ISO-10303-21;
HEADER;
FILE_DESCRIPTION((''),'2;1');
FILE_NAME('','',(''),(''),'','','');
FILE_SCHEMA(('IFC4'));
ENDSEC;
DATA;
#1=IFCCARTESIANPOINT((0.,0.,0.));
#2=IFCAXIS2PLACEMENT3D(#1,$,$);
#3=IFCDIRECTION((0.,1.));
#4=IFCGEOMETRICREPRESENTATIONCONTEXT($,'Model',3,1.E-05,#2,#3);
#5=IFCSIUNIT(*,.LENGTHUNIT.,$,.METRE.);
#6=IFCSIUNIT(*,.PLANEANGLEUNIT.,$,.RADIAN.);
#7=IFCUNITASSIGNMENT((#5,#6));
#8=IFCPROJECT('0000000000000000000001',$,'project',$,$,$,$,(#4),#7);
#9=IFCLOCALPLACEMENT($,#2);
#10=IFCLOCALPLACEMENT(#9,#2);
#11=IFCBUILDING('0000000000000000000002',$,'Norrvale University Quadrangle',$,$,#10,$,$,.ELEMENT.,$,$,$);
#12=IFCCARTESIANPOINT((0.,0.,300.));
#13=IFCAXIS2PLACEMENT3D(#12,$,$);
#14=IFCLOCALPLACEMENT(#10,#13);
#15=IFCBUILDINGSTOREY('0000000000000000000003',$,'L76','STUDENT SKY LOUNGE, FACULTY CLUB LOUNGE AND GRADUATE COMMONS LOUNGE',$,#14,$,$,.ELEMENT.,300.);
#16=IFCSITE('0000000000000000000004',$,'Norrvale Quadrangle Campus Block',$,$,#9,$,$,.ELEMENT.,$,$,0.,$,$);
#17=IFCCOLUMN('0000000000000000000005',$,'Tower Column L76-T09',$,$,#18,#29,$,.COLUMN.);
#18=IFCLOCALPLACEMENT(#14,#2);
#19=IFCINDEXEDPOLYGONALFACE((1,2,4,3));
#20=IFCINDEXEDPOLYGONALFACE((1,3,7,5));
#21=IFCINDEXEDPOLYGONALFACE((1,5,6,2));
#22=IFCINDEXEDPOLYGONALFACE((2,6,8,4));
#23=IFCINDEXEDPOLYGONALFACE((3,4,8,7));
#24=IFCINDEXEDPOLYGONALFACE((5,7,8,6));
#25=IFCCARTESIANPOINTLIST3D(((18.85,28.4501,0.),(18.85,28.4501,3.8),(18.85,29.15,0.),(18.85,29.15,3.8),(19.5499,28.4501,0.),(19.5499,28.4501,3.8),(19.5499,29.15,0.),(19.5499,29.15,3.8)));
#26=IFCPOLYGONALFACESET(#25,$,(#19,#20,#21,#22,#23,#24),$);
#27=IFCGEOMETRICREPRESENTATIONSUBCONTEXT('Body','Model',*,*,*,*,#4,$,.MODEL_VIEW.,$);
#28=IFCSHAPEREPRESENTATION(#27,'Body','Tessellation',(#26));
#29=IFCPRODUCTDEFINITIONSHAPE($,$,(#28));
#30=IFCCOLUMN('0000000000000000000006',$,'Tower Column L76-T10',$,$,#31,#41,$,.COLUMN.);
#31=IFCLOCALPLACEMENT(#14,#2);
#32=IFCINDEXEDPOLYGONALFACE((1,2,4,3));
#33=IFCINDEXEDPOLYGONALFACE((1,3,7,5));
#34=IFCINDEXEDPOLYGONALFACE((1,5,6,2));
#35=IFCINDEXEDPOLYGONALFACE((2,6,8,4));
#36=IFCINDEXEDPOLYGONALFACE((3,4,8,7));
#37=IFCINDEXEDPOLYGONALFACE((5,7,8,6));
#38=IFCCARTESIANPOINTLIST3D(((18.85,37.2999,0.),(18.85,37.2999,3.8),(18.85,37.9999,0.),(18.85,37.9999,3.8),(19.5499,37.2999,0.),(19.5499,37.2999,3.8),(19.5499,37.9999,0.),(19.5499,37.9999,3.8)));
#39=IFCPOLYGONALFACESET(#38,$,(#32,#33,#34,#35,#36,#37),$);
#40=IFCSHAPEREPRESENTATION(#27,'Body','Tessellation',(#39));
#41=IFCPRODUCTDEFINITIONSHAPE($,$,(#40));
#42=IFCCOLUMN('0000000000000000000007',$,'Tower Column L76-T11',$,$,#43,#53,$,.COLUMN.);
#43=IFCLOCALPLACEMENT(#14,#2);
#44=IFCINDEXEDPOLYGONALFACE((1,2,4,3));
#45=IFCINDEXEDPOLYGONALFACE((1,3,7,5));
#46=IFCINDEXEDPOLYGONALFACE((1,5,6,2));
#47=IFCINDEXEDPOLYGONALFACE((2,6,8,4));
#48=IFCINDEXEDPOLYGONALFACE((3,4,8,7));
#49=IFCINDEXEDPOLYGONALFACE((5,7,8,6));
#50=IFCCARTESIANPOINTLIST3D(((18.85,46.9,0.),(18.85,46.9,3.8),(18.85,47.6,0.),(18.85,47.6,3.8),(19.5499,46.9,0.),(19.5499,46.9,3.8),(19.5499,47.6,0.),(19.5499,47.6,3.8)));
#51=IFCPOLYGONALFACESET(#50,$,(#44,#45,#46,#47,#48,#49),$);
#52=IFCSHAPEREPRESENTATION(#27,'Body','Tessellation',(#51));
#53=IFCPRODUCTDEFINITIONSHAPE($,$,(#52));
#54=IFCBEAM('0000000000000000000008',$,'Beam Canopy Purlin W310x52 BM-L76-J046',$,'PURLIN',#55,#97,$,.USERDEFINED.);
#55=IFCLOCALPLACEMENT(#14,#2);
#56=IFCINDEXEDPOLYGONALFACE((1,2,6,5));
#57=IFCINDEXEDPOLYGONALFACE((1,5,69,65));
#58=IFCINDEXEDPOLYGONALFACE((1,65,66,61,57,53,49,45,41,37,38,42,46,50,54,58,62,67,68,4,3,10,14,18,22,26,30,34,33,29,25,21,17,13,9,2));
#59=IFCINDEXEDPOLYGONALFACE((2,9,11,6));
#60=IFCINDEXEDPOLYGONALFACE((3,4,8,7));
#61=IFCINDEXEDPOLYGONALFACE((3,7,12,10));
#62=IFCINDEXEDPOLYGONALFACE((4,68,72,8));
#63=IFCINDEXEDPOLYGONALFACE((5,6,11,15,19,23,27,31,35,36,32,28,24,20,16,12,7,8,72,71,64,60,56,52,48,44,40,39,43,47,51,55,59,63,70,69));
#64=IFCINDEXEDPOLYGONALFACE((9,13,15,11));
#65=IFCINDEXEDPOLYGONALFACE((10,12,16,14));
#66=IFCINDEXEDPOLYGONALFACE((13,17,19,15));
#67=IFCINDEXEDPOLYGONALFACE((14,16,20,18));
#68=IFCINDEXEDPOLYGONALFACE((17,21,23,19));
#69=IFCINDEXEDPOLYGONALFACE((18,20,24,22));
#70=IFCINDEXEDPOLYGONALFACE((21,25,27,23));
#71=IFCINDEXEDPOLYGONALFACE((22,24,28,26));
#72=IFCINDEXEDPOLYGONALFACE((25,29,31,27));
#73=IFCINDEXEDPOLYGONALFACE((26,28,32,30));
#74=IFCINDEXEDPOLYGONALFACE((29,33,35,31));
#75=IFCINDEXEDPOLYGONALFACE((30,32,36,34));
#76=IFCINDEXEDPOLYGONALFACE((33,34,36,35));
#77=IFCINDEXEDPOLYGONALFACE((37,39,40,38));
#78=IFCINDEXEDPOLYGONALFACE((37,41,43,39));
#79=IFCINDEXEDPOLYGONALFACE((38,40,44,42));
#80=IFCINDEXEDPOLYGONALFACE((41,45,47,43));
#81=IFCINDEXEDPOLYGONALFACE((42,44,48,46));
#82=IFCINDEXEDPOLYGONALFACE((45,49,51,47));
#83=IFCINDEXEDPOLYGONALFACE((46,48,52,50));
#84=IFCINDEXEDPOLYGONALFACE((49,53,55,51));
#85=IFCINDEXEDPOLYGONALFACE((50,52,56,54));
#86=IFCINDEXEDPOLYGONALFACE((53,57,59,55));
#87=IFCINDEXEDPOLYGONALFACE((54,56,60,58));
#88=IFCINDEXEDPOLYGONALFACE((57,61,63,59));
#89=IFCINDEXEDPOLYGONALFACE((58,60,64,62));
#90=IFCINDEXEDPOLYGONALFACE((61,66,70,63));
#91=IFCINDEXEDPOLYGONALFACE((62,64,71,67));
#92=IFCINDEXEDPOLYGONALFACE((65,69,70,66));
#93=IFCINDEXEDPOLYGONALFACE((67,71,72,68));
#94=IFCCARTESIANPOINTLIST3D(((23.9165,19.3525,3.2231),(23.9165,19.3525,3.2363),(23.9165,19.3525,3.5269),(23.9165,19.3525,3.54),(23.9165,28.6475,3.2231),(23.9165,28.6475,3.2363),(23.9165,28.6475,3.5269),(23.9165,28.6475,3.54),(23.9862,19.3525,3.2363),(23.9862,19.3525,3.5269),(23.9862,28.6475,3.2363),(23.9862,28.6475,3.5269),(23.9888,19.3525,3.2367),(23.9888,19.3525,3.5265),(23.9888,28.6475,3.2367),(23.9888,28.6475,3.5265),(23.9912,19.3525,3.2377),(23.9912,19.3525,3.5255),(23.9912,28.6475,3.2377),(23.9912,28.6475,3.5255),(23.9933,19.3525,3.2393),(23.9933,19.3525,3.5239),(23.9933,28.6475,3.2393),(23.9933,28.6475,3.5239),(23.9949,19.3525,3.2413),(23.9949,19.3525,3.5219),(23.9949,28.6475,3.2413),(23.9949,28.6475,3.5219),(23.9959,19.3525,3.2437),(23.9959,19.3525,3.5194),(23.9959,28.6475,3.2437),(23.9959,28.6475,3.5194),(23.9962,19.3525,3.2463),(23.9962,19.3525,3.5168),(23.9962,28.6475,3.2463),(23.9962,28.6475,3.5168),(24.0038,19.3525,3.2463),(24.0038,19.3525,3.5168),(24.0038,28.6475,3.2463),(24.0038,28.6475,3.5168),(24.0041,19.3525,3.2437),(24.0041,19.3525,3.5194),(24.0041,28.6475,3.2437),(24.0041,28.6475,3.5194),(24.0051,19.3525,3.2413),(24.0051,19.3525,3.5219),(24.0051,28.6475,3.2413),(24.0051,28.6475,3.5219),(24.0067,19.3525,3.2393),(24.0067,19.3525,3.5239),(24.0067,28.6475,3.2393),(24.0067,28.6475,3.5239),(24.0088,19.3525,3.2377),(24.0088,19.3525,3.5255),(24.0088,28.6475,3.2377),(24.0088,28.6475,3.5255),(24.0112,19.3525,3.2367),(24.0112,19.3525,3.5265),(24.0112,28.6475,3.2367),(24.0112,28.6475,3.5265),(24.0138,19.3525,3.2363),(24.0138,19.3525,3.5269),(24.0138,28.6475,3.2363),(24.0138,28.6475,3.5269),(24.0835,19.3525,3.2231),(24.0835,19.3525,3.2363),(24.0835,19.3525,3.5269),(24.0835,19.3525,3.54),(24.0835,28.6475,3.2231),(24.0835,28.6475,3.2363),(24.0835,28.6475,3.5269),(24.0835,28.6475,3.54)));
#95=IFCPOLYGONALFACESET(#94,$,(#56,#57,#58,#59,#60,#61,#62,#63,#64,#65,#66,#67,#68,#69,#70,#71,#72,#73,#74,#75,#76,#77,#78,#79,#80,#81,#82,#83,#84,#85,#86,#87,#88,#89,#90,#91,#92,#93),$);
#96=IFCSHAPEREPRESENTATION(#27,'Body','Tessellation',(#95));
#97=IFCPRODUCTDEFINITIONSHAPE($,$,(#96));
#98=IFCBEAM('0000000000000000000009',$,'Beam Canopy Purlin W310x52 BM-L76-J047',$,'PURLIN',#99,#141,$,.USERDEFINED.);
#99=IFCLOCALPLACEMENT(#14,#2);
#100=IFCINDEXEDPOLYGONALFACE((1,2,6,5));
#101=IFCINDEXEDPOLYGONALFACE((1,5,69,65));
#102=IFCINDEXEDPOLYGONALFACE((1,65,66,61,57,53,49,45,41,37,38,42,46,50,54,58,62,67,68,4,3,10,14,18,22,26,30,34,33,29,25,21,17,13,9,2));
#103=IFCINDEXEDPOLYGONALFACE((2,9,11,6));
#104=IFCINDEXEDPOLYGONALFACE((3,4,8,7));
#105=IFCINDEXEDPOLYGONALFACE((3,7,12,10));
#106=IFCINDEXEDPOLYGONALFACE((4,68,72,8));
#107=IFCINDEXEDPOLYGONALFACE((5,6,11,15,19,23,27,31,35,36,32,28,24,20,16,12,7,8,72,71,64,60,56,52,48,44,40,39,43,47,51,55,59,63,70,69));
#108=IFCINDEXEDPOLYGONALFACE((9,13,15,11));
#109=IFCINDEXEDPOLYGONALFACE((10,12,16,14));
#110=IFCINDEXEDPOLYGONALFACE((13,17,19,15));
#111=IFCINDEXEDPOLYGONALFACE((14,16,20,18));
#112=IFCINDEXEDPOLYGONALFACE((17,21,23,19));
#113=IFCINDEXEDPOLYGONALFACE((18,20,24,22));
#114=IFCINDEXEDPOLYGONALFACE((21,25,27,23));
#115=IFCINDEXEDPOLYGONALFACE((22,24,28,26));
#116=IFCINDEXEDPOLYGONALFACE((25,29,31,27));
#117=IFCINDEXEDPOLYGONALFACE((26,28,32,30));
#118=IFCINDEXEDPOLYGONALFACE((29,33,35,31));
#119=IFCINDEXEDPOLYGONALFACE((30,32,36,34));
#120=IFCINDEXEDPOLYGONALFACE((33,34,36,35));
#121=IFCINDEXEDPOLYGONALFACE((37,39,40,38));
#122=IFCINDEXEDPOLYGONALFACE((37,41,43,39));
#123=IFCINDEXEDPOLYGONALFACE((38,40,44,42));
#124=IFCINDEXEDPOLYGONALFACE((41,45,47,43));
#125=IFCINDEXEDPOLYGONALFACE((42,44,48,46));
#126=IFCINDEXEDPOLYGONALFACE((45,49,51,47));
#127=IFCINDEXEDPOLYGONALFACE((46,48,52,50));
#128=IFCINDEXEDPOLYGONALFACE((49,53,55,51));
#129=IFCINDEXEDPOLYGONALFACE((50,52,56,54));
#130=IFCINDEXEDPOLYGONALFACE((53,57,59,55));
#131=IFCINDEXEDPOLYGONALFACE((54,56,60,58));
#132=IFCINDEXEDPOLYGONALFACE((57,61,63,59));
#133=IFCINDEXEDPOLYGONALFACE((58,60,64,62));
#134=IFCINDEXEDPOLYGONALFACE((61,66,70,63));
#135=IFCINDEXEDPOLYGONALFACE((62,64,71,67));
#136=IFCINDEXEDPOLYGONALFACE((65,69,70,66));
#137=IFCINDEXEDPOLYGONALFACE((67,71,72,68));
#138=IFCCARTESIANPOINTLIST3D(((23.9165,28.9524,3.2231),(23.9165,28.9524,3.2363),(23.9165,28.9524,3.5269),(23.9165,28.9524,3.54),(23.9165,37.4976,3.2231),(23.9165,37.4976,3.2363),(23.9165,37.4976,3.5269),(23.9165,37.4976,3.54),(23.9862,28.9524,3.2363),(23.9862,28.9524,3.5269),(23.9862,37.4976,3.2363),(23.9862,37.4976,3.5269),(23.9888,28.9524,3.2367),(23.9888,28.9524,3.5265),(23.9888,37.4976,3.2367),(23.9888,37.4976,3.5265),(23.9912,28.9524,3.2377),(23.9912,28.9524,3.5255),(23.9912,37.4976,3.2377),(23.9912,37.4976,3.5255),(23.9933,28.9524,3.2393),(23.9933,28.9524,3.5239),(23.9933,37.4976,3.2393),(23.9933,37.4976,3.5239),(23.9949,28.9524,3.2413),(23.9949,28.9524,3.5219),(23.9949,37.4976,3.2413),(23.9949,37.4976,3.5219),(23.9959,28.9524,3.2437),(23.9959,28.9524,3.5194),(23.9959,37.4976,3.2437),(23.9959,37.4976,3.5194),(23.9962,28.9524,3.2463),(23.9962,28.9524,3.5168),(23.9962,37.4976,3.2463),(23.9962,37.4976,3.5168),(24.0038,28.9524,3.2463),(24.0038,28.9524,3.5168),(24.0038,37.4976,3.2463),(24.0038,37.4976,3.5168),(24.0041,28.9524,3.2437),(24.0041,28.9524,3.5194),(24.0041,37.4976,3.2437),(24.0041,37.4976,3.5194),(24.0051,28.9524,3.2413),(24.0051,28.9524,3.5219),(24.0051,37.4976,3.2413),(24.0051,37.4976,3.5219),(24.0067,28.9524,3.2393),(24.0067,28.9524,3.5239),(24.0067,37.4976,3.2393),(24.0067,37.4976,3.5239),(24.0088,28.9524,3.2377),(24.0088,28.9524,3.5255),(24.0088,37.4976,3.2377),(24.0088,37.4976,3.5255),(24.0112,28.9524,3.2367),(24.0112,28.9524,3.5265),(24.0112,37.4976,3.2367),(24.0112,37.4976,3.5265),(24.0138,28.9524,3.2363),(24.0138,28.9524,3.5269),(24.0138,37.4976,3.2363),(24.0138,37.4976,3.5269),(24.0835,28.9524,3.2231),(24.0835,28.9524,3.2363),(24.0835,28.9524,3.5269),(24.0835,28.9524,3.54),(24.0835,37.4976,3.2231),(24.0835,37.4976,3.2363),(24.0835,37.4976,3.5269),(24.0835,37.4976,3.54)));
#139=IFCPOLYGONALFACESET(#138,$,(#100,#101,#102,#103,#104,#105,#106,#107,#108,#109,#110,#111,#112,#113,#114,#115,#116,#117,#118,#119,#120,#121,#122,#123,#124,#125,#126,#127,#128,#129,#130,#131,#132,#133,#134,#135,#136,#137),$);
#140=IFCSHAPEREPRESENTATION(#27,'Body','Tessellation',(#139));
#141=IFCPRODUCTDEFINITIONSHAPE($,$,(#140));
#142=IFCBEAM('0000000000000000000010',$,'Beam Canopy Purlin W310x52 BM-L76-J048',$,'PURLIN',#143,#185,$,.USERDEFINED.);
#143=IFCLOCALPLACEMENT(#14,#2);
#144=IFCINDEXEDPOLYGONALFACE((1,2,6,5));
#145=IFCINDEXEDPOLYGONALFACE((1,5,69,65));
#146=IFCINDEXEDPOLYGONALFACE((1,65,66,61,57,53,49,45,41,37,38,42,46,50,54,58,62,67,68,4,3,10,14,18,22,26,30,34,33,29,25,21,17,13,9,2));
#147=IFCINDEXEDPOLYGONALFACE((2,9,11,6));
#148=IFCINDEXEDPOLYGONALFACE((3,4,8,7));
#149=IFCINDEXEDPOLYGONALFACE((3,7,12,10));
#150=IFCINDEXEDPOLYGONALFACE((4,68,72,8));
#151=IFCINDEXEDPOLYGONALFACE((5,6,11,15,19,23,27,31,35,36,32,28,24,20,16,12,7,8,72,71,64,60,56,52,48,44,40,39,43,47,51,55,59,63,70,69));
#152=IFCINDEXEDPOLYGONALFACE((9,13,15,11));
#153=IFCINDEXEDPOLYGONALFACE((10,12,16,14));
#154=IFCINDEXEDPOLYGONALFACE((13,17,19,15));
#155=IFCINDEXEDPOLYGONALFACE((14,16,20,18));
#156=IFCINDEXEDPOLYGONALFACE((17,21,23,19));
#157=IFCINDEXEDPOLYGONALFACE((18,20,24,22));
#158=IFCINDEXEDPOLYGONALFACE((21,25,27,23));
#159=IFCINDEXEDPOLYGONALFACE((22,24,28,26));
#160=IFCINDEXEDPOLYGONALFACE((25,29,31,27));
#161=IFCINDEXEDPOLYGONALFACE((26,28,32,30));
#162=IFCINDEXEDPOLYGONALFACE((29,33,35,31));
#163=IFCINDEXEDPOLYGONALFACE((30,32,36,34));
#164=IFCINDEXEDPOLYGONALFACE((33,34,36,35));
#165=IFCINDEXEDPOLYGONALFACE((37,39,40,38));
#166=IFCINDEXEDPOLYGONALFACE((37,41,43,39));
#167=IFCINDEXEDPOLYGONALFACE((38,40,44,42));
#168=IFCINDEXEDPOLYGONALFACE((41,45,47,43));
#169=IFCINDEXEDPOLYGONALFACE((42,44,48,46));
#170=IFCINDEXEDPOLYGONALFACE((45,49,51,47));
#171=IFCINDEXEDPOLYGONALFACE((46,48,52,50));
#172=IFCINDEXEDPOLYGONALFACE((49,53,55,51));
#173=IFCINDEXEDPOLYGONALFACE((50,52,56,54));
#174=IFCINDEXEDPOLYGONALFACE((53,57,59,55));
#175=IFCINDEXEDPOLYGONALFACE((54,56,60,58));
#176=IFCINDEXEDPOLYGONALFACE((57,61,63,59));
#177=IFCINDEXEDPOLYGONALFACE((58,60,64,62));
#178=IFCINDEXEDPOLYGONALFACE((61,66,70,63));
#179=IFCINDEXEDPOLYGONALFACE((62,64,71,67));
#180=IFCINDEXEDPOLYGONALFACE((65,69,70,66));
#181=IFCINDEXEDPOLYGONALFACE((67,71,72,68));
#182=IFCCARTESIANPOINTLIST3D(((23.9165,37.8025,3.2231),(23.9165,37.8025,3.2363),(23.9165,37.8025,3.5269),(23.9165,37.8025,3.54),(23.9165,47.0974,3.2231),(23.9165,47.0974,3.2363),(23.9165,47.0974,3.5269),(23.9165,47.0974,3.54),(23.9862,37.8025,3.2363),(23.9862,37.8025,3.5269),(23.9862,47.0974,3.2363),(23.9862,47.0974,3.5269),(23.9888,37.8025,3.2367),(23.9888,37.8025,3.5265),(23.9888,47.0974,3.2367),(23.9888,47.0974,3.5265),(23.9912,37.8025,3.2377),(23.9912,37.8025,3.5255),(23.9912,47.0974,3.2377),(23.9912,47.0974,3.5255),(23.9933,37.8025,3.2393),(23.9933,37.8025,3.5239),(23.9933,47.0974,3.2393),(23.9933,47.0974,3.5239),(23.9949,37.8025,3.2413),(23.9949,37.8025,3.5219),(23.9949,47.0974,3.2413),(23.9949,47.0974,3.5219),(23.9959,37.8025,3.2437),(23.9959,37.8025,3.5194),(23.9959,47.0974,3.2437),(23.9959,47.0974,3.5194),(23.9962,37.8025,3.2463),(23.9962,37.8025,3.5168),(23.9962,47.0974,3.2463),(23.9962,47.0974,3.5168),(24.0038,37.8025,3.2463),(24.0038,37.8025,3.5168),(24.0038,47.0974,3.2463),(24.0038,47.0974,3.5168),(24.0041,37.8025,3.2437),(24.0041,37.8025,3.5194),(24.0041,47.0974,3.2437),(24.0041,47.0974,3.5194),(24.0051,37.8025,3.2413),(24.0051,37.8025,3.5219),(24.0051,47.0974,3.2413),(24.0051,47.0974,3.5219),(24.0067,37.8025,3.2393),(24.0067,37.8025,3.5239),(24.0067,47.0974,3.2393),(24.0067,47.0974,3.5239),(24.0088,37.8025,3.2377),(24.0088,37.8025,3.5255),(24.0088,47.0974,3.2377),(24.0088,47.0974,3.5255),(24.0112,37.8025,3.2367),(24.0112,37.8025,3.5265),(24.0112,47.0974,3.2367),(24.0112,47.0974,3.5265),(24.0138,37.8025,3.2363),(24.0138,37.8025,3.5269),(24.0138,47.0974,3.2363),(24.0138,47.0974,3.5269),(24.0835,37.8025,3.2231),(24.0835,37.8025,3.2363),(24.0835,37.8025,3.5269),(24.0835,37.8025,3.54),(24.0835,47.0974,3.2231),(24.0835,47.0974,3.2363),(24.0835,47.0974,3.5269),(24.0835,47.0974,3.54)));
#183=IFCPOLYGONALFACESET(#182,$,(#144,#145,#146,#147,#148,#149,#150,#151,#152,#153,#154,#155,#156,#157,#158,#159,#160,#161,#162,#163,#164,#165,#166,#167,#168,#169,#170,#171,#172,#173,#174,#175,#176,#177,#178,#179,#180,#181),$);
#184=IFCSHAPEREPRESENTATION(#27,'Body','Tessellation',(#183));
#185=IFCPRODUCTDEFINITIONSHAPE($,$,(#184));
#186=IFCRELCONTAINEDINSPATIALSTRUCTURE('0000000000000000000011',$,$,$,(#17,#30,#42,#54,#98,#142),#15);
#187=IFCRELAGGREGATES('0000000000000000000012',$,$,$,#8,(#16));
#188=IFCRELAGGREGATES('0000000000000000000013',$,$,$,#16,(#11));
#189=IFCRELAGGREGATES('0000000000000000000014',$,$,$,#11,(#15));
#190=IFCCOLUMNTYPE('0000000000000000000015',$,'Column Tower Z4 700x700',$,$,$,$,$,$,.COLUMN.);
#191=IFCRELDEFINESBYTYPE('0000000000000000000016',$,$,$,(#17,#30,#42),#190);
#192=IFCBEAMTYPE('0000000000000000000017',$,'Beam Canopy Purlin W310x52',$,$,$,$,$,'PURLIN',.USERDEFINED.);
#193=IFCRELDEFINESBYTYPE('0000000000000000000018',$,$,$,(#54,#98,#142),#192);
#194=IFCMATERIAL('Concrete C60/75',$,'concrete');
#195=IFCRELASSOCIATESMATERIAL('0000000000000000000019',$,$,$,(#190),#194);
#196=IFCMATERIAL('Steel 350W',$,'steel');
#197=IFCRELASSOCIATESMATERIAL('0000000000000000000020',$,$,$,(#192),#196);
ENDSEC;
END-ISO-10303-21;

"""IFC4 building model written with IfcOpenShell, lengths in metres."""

from ifc_helpers import new_model, si_unit, direction, frame, origin, origin_2d, place, context, subcontext, project, spatial, rectangle, i_section, extrude, material, material_profile, profile_set, type_object, element, save


model = new_model("IFC4")

# Units and contexts
model_context = context("Model", 3, precision=1e-05, world=origin(), true_north=direction((0.0, 1.0)))
body_context = subcontext(model_context, "Body", "Model", "MODEL_VIEW")
ifc_project = project(units=[si_unit("LENGTHUNIT", "METRE"), si_unit("PLANEANGLEUNIT", "RADIAN")], contexts=[model_context])

# Site, building, storey
site_placement = place(None, origin())
site = spatial("IfcSite", under=ifc_project, at=site_placement, Name="Norrvale Quadrangle Campus Block", CompositionType="ELEMENT", RefElevation=0.0)
building_placement = place(site_placement, origin())
building = spatial("IfcBuilding", under=site, at=building_placement, Name="Norrvale University Quadrangle", CompositionType="ELEMENT")
storey_placement = place(building_placement, frame((0.0, 0.0, 300.0)))
storey = spatial("IfcBuildingStorey", under=building, at=storey_placement, Name="L76", Description="STUDENT SKY LOUNGE, FACULTY CLUB LOUNGE AND GRADUATE COMMONS LOUNGE", CompositionType="ELEMENT", Elevation=300.0)

# Columns
ifc_material_1 = material(Name="Concrete C60/75", Category="concrete")
ifc_material_profile_1 = material_profile(ifc_material_1, rectangle(XDim=0.7, YDim=0.7, at=origin_2d()), Name="Concrete C60/75")
ifc_profile_set_1 = profile_set([ifc_material_profile_1], Name="Concrete C60/75")
column_type = type_object("IfcColumnType", Name="Column Tower Z4 700x700", PredefinedType="COLUMN", material=ifc_profile_set_1)
for number, where, z_axis, x_axis, name in (
    (1, (19.2, 28.8, 0.0), (0.0, 0.0, 1.0), (1.0, 0.0, 0.0), "Tower Column L76-T09"),
    (2, (19.2, 37.6499, 0.0), (0.0, 0.0, 1.0), (1.0, 0.0, 0.0), "Tower Column L76-T10"),
    (3, (19.2, 47.25, 0.0), (0.0, 0.0, 1.0), (1.0, 0.0, 0.0), "Tower Column L76-T11"),
):
    element("IfcColumn", number, at=place(storey_placement, frame(where, z_axis=z_axis, x_axis=x_axis)), inside=storey, type_object=column_type, Name=name, PredefinedType="COLUMN", context=body_context, shape_type="SweptSolid", body=[
        extrude(rectangle(XDim=0.7, YDim=0.7, at=origin_2d()), origin(), (0.0, 0.0, 1.0), 3.8),
    ])

# Beams
ifc_material_2 = material(Name="Steel 350W", Category="steel")
ifc_material_profile_2 = material_profile(ifc_material_2, i_section(OverallWidth=0.167, OverallDepth=0.3169, WebThickness=0.0076, FlangeThickness=0.0132, FilletRadius=0.01, at=origin_2d()), Name="Steel 350W")
ifc_profile_set_2 = profile_set([ifc_material_profile_2], Name="Steel 350W")
beam_type_1 = type_object("IfcBeamType", Name="Beam Canopy Purlin W310x52", ElementType="PURLIN", PredefinedType="USERDEFINED", material=ifc_profile_set_2)
beam_1_placement = place(storey_placement, frame((24.0, 19.3525, 3.3816), z_axis=(0.0, 1.0, 0.0), x_axis=(-1.0, 0.0, 0.0)))
element("IfcBeam", 4, at=beam_1_placement, inside=storey, type_object=beam_type_1, Name="Beam Canopy Purlin W310x52 BM-L76-J046", ObjectType="PURLIN", PredefinedType="USERDEFINED", context=body_context, shape_type="SweptSolid", body=[
    extrude(i_section(OverallWidth=0.167, OverallDepth=0.3169, WebThickness=0.0076, FlangeThickness=0.0132, FilletRadius=0.01, at=origin_2d()), origin(), (0.0, 0.0, 1.0), 9.2949),
])
beam_2_placement = place(storey_placement, frame((24.0, 28.9524, 3.3816), z_axis=(0.0, 1.0, 0.0), x_axis=(-1.0, 0.0, 0.0)))
element("IfcBeam", 5, at=beam_2_placement, inside=storey, type_object=beam_type_1, Name="Beam Canopy Purlin W310x52 BM-L76-J047", ObjectType="PURLIN", PredefinedType="USERDEFINED", context=body_context, shape_type="SweptSolid", body=[
    extrude(i_section(OverallWidth=0.167, OverallDepth=0.3169, WebThickness=0.0076, FlangeThickness=0.0132, FilletRadius=0.01, at=origin_2d()), origin(), (0.0, 0.0, 1.0), 8.5452),
])
beam_3_placement = place(storey_placement, frame((24.0, 37.8025, 3.3816), z_axis=(0.0, 1.0, 0.0), x_axis=(-1.0, 0.0, 0.0)))
element("IfcBeam", 6, at=beam_3_placement, inside=storey, type_object=beam_type_1, Name="Beam Canopy Purlin W310x52 BM-L76-J048", ObjectType="PURLIN", PredefinedType="USERDEFINED", context=body_context, shape_type="SweptSolid", body=[
    extrude(i_section(OverallWidth=0.167, OverallDepth=0.3169, WebThickness=0.0076, FlangeThickness=0.0132, FilletRadius=0.01, at=origin_2d()), origin(), (0.0, 0.0, 1.0), 9.2949),
])

save(model, "model.ifc")
